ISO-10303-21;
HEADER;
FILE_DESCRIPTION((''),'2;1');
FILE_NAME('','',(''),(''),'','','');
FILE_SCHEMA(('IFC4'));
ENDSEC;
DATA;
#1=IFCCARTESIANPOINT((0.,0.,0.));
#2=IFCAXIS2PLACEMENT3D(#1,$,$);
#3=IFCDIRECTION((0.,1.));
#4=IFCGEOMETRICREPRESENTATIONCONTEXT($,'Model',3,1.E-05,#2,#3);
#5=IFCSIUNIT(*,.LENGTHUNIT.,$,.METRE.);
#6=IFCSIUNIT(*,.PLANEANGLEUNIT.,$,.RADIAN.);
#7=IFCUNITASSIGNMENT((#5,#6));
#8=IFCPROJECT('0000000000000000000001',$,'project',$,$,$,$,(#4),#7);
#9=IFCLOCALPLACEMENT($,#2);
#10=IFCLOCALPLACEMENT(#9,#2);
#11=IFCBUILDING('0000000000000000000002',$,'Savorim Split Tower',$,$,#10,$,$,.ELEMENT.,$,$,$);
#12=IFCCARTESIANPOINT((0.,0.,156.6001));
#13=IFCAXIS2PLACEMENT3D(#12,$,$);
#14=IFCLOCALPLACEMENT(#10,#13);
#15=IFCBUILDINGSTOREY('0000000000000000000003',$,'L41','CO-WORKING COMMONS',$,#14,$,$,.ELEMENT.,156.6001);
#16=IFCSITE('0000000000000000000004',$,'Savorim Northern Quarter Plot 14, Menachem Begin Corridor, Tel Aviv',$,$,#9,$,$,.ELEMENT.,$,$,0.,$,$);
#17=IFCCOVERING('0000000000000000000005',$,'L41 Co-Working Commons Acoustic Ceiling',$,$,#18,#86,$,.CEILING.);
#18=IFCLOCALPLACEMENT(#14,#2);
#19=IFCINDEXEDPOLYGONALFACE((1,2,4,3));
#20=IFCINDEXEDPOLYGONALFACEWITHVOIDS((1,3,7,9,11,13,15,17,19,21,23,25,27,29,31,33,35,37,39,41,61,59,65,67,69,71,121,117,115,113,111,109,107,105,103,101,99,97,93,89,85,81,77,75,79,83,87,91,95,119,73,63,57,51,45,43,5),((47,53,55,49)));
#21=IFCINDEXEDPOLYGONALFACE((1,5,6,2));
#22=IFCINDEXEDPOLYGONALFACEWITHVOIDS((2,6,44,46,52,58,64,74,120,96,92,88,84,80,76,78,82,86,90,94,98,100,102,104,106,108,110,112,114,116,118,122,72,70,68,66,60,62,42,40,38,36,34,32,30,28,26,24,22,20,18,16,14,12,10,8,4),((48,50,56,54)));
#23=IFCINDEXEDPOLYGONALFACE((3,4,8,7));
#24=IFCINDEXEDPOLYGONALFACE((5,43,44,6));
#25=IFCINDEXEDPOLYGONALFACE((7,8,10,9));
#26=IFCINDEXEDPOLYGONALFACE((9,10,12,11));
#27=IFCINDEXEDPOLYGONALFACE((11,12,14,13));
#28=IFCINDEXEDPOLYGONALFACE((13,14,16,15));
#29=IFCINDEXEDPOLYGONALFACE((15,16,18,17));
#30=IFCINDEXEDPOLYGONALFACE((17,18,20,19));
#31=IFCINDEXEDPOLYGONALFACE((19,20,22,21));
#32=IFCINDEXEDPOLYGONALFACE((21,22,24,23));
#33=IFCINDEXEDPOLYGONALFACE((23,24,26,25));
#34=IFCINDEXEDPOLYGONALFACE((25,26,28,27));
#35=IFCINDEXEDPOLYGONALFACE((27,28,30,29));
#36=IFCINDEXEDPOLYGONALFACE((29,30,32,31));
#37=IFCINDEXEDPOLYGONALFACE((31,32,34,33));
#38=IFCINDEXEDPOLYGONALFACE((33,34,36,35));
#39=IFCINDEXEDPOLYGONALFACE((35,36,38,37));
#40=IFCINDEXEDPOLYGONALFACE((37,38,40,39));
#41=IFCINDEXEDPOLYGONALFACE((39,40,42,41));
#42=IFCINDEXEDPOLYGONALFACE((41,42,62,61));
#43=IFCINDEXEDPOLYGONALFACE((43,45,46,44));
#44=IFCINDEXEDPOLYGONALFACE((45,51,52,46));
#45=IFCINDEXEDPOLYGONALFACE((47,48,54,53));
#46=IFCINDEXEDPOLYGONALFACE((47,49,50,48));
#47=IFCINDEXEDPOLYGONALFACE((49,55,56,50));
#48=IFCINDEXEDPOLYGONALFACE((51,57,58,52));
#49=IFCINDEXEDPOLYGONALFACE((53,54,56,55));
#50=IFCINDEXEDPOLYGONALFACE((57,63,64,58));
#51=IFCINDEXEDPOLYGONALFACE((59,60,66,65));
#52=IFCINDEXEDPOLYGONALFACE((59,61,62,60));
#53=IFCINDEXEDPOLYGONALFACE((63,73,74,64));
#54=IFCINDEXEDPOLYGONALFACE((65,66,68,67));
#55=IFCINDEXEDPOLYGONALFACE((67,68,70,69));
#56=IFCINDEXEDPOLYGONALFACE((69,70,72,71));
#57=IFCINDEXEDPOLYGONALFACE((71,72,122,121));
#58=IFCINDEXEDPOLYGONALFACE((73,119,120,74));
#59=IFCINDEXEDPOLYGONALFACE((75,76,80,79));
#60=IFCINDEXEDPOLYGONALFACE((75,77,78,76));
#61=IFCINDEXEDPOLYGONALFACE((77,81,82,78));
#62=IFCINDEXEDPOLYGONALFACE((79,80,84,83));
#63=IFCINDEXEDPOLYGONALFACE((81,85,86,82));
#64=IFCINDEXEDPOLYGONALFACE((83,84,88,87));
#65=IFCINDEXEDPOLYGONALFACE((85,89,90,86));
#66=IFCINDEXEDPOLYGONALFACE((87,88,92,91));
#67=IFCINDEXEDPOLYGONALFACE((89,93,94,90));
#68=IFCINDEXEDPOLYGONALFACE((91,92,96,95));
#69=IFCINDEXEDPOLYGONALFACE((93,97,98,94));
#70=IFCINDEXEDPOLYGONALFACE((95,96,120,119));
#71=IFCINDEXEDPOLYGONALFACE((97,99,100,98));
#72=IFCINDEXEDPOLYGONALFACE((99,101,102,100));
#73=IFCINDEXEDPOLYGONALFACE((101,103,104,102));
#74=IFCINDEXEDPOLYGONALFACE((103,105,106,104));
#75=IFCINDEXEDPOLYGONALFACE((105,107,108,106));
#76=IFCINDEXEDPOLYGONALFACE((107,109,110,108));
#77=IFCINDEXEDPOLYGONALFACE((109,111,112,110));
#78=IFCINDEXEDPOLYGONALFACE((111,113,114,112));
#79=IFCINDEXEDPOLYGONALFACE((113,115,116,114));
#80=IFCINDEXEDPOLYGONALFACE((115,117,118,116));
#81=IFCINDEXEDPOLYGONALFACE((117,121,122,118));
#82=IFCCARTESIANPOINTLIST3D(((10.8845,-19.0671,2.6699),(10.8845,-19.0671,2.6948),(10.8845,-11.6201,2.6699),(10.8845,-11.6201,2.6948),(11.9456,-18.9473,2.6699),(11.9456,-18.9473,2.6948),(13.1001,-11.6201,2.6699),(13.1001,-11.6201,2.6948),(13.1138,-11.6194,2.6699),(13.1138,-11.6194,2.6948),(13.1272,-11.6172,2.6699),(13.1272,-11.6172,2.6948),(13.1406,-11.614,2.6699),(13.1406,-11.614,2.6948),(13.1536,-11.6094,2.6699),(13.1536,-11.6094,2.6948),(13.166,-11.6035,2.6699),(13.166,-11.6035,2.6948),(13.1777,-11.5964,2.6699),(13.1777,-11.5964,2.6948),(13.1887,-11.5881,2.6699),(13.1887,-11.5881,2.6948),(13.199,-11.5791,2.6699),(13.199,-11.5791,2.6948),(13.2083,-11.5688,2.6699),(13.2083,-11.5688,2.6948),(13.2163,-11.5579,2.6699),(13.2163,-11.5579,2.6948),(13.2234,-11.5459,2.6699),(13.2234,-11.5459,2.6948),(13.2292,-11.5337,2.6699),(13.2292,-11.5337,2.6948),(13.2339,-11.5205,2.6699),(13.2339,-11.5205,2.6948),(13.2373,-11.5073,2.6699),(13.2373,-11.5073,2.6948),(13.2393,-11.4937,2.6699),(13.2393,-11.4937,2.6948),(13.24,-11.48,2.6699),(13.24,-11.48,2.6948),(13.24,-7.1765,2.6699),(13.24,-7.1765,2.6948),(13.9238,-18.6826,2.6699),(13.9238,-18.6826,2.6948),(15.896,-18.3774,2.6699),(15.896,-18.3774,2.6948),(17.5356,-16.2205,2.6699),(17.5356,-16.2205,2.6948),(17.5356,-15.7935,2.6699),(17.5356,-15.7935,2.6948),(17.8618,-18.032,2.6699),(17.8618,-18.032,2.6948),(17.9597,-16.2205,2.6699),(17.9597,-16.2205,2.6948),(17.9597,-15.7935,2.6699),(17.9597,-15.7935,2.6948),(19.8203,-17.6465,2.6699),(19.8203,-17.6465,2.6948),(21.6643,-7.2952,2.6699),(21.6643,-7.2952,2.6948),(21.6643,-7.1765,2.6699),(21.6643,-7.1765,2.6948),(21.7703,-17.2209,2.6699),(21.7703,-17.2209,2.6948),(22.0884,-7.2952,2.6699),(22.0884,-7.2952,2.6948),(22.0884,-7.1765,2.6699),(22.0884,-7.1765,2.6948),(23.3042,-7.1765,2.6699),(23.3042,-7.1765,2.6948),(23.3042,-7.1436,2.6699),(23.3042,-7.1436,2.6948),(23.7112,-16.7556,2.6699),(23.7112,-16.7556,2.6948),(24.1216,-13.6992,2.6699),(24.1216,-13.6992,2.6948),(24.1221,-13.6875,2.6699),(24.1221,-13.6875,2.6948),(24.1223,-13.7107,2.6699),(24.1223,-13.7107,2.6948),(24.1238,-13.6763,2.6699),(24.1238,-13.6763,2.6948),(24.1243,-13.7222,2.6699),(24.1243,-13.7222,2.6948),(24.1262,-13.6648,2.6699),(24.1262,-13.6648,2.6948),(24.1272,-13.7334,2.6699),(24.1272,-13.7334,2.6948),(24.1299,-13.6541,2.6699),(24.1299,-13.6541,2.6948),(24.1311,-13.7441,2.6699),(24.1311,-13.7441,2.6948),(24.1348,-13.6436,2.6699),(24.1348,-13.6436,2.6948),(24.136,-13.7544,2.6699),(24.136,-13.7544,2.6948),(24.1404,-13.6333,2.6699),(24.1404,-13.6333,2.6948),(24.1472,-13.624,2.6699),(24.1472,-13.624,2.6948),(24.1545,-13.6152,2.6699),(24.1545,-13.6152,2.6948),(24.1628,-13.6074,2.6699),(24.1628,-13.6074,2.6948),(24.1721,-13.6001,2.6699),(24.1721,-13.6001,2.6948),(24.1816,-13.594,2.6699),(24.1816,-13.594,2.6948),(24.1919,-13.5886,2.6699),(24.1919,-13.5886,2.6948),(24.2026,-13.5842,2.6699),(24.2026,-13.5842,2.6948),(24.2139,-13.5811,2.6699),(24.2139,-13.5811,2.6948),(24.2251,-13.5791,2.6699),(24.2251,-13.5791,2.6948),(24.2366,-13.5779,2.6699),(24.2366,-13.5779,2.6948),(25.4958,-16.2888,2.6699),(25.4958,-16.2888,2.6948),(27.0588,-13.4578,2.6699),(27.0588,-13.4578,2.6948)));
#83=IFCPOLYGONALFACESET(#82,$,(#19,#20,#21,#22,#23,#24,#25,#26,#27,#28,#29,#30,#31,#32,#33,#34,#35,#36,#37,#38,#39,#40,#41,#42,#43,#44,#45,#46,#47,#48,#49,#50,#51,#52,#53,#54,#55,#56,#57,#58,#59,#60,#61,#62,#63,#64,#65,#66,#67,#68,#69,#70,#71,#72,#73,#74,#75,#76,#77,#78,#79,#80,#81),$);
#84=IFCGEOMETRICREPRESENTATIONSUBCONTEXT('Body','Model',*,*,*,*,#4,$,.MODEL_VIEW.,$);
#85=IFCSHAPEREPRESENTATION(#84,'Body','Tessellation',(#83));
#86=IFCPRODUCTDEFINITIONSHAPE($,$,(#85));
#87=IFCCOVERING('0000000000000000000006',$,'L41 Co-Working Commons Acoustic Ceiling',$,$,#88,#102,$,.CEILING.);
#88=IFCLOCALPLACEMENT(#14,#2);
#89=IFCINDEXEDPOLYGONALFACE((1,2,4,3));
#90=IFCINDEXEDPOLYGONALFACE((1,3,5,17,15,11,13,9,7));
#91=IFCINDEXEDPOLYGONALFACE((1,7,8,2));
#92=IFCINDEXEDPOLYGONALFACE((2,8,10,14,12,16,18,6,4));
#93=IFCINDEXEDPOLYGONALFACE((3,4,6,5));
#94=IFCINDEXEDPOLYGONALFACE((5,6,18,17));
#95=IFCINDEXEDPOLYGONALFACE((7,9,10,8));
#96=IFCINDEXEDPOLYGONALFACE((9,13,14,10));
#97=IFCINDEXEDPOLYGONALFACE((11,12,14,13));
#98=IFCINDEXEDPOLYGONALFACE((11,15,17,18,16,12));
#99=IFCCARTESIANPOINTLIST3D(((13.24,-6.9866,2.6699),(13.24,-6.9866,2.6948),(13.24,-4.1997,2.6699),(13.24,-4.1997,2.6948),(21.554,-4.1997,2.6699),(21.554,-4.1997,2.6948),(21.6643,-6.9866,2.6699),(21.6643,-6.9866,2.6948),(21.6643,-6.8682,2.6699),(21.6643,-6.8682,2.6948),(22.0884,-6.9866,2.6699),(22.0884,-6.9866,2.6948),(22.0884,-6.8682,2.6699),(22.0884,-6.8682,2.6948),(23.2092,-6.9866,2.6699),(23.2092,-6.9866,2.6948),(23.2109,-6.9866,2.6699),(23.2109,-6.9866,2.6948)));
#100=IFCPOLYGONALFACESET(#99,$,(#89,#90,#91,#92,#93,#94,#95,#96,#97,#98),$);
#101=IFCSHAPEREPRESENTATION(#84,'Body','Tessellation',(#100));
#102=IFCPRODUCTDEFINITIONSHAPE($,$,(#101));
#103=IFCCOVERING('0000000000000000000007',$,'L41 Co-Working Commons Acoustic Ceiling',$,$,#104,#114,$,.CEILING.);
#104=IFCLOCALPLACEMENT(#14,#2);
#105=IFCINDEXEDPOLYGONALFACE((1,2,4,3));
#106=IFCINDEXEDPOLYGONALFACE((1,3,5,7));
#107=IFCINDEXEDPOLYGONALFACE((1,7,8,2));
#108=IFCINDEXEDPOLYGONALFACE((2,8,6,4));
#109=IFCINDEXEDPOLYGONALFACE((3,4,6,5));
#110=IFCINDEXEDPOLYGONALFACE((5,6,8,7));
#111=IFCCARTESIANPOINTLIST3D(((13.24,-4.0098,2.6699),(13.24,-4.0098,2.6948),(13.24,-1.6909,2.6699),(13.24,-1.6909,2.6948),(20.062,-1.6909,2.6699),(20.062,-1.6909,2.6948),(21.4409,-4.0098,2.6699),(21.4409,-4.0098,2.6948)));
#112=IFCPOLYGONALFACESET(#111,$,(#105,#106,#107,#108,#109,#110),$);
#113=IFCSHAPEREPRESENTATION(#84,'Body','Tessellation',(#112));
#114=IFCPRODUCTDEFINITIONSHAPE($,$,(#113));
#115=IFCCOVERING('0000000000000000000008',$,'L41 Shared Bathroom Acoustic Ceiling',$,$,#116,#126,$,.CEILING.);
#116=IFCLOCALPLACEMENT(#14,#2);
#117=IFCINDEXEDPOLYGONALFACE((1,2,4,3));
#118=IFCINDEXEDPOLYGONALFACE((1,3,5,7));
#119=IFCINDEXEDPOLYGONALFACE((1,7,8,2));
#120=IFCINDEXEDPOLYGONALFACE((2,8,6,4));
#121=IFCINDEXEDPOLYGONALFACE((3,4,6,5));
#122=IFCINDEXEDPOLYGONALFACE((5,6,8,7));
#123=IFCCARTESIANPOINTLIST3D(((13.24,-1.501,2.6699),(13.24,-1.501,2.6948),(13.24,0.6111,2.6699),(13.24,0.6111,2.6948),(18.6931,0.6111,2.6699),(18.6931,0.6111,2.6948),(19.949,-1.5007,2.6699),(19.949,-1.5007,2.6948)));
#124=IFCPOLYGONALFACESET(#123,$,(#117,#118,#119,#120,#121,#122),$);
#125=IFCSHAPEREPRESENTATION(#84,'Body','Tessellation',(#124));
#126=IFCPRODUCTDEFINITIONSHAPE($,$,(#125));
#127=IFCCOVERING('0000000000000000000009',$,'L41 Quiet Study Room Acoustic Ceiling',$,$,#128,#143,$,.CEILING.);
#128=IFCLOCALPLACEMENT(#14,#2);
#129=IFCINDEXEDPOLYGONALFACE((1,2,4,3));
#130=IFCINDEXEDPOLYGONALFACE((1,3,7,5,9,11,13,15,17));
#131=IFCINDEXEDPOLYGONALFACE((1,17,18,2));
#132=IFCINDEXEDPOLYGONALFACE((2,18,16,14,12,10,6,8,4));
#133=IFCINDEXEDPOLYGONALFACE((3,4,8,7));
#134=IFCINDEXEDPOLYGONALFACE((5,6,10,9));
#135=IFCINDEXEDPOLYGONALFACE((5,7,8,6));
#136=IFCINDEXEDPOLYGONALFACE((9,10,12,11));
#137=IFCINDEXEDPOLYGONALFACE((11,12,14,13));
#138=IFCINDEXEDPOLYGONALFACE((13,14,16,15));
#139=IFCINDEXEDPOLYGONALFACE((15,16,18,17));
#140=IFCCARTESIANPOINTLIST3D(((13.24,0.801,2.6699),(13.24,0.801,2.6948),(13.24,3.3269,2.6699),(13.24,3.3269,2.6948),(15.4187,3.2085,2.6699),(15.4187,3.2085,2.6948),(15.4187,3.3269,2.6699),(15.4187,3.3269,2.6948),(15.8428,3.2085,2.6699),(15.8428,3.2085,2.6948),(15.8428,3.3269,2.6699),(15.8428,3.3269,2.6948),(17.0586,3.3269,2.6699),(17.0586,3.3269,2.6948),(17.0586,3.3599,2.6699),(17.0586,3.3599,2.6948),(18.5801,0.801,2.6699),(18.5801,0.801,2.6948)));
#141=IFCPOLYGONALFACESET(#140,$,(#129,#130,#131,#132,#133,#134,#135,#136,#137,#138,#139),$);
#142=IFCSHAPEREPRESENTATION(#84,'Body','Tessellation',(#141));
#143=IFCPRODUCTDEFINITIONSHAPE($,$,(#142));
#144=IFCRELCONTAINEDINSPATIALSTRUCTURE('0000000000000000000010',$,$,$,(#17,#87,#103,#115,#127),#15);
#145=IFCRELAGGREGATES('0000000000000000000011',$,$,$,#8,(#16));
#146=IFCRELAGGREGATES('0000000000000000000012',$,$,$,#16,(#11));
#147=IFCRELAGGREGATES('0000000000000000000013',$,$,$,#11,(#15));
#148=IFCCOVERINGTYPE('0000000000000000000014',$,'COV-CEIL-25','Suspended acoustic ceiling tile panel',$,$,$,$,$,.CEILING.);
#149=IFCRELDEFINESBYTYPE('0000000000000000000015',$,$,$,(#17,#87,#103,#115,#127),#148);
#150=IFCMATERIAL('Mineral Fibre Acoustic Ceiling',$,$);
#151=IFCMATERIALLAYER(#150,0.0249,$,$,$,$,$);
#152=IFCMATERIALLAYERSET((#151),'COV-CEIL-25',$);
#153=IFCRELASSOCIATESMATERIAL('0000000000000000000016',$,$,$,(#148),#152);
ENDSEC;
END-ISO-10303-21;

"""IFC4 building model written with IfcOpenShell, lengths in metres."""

from ifc_helpers import new_model, si_unit, direction, frame, origin, place, context, subcontext, project, spatial, polyline, outline, extrude, material, layer, layer_set, type_object, element, save


model = new_model("IFC4")

# Units and contexts
model_context = context("Model", 3, precision=1e-05, world=origin(), true_north=direction((0.0, 1.0)))
body_context = subcontext(model_context, "Body", "Model", "MODEL_VIEW")
ifc_project = project(units=[si_unit("LENGTHUNIT", "METRE"), si_unit("PLANEANGLEUNIT", "RADIAN")], contexts=[model_context])

# Site, building, storey
site_placement = place(None, origin())
site = spatial("IfcSite", under=ifc_project, at=site_placement, Name="Savorim Northern Quarter Plot 14, Menachem Begin Corridor, Tel Aviv", CompositionType="ELEMENT", RefElevation=0.0)
building_placement = place(site_placement, origin())
building = spatial("IfcBuilding", under=site, at=building_placement, Name="Savorim Split Tower", CompositionType="ELEMENT")
storey_placement = place(building_placement, frame((0.0, 0.0, 156.6001)))
storey = spatial("IfcBuildingStorey", under=building, at=storey_placement, Name="L41", Description="CO-WORKING COMMONS", CompositionType="ELEMENT", Elevation=156.6001)

# Coverings
ifc_material_1 = material(Name="Mineral Fibre Acoustic Ceiling")
ifc_layer_1 = layer(ifc_material_1, 0.0249)
ifc_layer_set_1 = layer_set([ifc_layer_1], Name="COV-CEIL-25")
covering_type_1 = type_object("IfcCoveringType", Name="COV-CEIL-25", Description="Suspended acoustic ceiling tile panel", PredefinedType="CEILING", material=ifc_layer_set_1)
covering_1_placement = place(storey_placement, frame((0.0, 0.0, 2.6699)))
element("IfcCovering", 1, at=covering_1_placement, inside=storey, type_object=covering_type_1, Name="L41 Co-Working Commons Acoustic Ceiling", PredefinedType="CEILING", context=body_context, shape_type="SweptSolid", body=[
    extrude(outline(polyline([(24.2139, -13.5811), (24.2251, -13.5791), (24.2366, -13.5779), (27.0588, -13.4578), (23.3042, -7.1436), (23.3042, -7.1765), (22.0884, -7.1765), (22.0884, -7.2952), (21.6643, -7.2952), (21.6643, -7.1765), (13.24, -7.1765), (13.24, -11.48), (13.2393, -11.4937), (13.2373, -11.5073), (13.2339, -11.5205), (13.2292, -11.5337), (13.2234, -11.5459), (13.2163, -11.5579), (13.2083, -11.5688), (13.199, -11.5791), (13.1887, -11.5881), (13.1777, -11.5964), (13.166, -11.6035), (13.1536, -11.6094), (13.1406, -11.614), (13.1272, -11.6172), (13.1138, -11.6194), (13.1001, -11.6201), (10.8845, -11.6201), (10.8845, -19.0671), (11.9456, -18.9473), (13.9238, -18.6826), (15.896, -18.3774), (17.8618, -18.032), (19.8203, -17.6465), (21.7703, -17.2209), (23.7112, -16.7556), (25.4958, -16.2888), (24.136, -13.7544), (24.1311, -13.7441), (24.1272, -13.7334), (24.1243, -13.7222), (24.1223, -13.7107), (24.1216, -13.6992), (24.1221, -13.6875), (24.1238, -13.6763), (24.1262, -13.6648), (24.1299, -13.6541), (24.1348, -13.6436), (24.1404, -13.6333), (24.1472, -13.624), (24.1545, -13.6152), (24.1628, -13.6074), (24.1721, -13.6001), (24.1816, -13.594), (24.1919, -13.5886), (24.2026, -13.5842), (24.2139, -13.5811)]), holes=[polyline([(17.9597, -16.2205), (17.9597, -15.7935), (17.5356, -15.7935), (17.5356, -16.2205), (17.9597, -16.2205)])]), origin(), (0.0, 0.0, 1.0), 0.0249),
])
covering_2_placement = place(storey_placement, frame((0.0, 0.0, 2.6699)))
element("IfcCovering", 2, at=covering_2_placement, inside=storey, type_object=covering_type_1, Name="L41 Co-Working Commons Acoustic Ceiling", PredefinedType="CEILING", context=body_context, shape_type="SweptSolid", body=[
    extrude(outline(polyline([(22.0884, -6.8682), (22.0884, -6.9866), (23.2092, -6.9866), (23.2109, -6.9866), (21.554, -4.1997), (13.24, -4.1997), (13.24, -6.9866), (21.6643, -6.9866), (21.6643, -6.8682), (22.0884, -6.8682)])), origin(), (0.0, 0.0, 1.0), 0.0249),
])
covering_3_placement = place(storey_placement, frame((0.0, 0.0, 2.6699)))
element("IfcCovering", 3, at=covering_3_placement, inside=storey, type_object=covering_type_1, Name="L41 Co-Working Commons Acoustic Ceiling", PredefinedType="CEILING", context=body_context, shape_type="SweptSolid", body=[
    extrude(outline(polyline([(21.4409, -4.0098), (20.062, -1.6909), (13.24, -1.6909), (13.24, -4.0098), (21.4409, -4.0098)])), origin(), (0.0, 0.0, 1.0), 0.0249),
])
covering_4_placement = place(storey_placement, frame((0.0, 0.0, 2.6699)))
element("IfcCovering", 4, at=covering_4_placement, inside=storey, type_object=covering_type_1, Name="L41 Shared Bathroom Acoustic Ceiling", PredefinedType="CEILING", context=body_context, shape_type="SweptSolid", body=[
    extrude(outline(polyline([(19.949, -1.5007), (18.6931, 0.6111), (13.24, 0.6111), (13.24, -1.501), (19.949, -1.5007)])), origin(), (0.0, 0.0, 1.0), 0.0249),
])
covering_5_placement = place(storey_placement, frame((0.0, 0.0, 2.6699)))
element("IfcCovering", 5, at=covering_5_placement, inside=storey, type_object=covering_type_1, Name="L41 Quiet Study Room Acoustic Ceiling", PredefinedType="CEILING", context=body_context, shape_type="SweptSolid", body=[
    extrude(outline(polyline([(15.4187, 3.2085), (15.4187, 3.3269), (13.24, 3.3269), (13.24, 0.801), (18.5801, 0.801), (17.0586, 3.3599), (17.0586, 3.3269), (15.8428, 3.3269), (15.8428, 3.2085), (15.4187, 3.2085)])), origin(), (0.0, 0.0, 1.0), 0.0249),
])

save(model, "model.ifc")
